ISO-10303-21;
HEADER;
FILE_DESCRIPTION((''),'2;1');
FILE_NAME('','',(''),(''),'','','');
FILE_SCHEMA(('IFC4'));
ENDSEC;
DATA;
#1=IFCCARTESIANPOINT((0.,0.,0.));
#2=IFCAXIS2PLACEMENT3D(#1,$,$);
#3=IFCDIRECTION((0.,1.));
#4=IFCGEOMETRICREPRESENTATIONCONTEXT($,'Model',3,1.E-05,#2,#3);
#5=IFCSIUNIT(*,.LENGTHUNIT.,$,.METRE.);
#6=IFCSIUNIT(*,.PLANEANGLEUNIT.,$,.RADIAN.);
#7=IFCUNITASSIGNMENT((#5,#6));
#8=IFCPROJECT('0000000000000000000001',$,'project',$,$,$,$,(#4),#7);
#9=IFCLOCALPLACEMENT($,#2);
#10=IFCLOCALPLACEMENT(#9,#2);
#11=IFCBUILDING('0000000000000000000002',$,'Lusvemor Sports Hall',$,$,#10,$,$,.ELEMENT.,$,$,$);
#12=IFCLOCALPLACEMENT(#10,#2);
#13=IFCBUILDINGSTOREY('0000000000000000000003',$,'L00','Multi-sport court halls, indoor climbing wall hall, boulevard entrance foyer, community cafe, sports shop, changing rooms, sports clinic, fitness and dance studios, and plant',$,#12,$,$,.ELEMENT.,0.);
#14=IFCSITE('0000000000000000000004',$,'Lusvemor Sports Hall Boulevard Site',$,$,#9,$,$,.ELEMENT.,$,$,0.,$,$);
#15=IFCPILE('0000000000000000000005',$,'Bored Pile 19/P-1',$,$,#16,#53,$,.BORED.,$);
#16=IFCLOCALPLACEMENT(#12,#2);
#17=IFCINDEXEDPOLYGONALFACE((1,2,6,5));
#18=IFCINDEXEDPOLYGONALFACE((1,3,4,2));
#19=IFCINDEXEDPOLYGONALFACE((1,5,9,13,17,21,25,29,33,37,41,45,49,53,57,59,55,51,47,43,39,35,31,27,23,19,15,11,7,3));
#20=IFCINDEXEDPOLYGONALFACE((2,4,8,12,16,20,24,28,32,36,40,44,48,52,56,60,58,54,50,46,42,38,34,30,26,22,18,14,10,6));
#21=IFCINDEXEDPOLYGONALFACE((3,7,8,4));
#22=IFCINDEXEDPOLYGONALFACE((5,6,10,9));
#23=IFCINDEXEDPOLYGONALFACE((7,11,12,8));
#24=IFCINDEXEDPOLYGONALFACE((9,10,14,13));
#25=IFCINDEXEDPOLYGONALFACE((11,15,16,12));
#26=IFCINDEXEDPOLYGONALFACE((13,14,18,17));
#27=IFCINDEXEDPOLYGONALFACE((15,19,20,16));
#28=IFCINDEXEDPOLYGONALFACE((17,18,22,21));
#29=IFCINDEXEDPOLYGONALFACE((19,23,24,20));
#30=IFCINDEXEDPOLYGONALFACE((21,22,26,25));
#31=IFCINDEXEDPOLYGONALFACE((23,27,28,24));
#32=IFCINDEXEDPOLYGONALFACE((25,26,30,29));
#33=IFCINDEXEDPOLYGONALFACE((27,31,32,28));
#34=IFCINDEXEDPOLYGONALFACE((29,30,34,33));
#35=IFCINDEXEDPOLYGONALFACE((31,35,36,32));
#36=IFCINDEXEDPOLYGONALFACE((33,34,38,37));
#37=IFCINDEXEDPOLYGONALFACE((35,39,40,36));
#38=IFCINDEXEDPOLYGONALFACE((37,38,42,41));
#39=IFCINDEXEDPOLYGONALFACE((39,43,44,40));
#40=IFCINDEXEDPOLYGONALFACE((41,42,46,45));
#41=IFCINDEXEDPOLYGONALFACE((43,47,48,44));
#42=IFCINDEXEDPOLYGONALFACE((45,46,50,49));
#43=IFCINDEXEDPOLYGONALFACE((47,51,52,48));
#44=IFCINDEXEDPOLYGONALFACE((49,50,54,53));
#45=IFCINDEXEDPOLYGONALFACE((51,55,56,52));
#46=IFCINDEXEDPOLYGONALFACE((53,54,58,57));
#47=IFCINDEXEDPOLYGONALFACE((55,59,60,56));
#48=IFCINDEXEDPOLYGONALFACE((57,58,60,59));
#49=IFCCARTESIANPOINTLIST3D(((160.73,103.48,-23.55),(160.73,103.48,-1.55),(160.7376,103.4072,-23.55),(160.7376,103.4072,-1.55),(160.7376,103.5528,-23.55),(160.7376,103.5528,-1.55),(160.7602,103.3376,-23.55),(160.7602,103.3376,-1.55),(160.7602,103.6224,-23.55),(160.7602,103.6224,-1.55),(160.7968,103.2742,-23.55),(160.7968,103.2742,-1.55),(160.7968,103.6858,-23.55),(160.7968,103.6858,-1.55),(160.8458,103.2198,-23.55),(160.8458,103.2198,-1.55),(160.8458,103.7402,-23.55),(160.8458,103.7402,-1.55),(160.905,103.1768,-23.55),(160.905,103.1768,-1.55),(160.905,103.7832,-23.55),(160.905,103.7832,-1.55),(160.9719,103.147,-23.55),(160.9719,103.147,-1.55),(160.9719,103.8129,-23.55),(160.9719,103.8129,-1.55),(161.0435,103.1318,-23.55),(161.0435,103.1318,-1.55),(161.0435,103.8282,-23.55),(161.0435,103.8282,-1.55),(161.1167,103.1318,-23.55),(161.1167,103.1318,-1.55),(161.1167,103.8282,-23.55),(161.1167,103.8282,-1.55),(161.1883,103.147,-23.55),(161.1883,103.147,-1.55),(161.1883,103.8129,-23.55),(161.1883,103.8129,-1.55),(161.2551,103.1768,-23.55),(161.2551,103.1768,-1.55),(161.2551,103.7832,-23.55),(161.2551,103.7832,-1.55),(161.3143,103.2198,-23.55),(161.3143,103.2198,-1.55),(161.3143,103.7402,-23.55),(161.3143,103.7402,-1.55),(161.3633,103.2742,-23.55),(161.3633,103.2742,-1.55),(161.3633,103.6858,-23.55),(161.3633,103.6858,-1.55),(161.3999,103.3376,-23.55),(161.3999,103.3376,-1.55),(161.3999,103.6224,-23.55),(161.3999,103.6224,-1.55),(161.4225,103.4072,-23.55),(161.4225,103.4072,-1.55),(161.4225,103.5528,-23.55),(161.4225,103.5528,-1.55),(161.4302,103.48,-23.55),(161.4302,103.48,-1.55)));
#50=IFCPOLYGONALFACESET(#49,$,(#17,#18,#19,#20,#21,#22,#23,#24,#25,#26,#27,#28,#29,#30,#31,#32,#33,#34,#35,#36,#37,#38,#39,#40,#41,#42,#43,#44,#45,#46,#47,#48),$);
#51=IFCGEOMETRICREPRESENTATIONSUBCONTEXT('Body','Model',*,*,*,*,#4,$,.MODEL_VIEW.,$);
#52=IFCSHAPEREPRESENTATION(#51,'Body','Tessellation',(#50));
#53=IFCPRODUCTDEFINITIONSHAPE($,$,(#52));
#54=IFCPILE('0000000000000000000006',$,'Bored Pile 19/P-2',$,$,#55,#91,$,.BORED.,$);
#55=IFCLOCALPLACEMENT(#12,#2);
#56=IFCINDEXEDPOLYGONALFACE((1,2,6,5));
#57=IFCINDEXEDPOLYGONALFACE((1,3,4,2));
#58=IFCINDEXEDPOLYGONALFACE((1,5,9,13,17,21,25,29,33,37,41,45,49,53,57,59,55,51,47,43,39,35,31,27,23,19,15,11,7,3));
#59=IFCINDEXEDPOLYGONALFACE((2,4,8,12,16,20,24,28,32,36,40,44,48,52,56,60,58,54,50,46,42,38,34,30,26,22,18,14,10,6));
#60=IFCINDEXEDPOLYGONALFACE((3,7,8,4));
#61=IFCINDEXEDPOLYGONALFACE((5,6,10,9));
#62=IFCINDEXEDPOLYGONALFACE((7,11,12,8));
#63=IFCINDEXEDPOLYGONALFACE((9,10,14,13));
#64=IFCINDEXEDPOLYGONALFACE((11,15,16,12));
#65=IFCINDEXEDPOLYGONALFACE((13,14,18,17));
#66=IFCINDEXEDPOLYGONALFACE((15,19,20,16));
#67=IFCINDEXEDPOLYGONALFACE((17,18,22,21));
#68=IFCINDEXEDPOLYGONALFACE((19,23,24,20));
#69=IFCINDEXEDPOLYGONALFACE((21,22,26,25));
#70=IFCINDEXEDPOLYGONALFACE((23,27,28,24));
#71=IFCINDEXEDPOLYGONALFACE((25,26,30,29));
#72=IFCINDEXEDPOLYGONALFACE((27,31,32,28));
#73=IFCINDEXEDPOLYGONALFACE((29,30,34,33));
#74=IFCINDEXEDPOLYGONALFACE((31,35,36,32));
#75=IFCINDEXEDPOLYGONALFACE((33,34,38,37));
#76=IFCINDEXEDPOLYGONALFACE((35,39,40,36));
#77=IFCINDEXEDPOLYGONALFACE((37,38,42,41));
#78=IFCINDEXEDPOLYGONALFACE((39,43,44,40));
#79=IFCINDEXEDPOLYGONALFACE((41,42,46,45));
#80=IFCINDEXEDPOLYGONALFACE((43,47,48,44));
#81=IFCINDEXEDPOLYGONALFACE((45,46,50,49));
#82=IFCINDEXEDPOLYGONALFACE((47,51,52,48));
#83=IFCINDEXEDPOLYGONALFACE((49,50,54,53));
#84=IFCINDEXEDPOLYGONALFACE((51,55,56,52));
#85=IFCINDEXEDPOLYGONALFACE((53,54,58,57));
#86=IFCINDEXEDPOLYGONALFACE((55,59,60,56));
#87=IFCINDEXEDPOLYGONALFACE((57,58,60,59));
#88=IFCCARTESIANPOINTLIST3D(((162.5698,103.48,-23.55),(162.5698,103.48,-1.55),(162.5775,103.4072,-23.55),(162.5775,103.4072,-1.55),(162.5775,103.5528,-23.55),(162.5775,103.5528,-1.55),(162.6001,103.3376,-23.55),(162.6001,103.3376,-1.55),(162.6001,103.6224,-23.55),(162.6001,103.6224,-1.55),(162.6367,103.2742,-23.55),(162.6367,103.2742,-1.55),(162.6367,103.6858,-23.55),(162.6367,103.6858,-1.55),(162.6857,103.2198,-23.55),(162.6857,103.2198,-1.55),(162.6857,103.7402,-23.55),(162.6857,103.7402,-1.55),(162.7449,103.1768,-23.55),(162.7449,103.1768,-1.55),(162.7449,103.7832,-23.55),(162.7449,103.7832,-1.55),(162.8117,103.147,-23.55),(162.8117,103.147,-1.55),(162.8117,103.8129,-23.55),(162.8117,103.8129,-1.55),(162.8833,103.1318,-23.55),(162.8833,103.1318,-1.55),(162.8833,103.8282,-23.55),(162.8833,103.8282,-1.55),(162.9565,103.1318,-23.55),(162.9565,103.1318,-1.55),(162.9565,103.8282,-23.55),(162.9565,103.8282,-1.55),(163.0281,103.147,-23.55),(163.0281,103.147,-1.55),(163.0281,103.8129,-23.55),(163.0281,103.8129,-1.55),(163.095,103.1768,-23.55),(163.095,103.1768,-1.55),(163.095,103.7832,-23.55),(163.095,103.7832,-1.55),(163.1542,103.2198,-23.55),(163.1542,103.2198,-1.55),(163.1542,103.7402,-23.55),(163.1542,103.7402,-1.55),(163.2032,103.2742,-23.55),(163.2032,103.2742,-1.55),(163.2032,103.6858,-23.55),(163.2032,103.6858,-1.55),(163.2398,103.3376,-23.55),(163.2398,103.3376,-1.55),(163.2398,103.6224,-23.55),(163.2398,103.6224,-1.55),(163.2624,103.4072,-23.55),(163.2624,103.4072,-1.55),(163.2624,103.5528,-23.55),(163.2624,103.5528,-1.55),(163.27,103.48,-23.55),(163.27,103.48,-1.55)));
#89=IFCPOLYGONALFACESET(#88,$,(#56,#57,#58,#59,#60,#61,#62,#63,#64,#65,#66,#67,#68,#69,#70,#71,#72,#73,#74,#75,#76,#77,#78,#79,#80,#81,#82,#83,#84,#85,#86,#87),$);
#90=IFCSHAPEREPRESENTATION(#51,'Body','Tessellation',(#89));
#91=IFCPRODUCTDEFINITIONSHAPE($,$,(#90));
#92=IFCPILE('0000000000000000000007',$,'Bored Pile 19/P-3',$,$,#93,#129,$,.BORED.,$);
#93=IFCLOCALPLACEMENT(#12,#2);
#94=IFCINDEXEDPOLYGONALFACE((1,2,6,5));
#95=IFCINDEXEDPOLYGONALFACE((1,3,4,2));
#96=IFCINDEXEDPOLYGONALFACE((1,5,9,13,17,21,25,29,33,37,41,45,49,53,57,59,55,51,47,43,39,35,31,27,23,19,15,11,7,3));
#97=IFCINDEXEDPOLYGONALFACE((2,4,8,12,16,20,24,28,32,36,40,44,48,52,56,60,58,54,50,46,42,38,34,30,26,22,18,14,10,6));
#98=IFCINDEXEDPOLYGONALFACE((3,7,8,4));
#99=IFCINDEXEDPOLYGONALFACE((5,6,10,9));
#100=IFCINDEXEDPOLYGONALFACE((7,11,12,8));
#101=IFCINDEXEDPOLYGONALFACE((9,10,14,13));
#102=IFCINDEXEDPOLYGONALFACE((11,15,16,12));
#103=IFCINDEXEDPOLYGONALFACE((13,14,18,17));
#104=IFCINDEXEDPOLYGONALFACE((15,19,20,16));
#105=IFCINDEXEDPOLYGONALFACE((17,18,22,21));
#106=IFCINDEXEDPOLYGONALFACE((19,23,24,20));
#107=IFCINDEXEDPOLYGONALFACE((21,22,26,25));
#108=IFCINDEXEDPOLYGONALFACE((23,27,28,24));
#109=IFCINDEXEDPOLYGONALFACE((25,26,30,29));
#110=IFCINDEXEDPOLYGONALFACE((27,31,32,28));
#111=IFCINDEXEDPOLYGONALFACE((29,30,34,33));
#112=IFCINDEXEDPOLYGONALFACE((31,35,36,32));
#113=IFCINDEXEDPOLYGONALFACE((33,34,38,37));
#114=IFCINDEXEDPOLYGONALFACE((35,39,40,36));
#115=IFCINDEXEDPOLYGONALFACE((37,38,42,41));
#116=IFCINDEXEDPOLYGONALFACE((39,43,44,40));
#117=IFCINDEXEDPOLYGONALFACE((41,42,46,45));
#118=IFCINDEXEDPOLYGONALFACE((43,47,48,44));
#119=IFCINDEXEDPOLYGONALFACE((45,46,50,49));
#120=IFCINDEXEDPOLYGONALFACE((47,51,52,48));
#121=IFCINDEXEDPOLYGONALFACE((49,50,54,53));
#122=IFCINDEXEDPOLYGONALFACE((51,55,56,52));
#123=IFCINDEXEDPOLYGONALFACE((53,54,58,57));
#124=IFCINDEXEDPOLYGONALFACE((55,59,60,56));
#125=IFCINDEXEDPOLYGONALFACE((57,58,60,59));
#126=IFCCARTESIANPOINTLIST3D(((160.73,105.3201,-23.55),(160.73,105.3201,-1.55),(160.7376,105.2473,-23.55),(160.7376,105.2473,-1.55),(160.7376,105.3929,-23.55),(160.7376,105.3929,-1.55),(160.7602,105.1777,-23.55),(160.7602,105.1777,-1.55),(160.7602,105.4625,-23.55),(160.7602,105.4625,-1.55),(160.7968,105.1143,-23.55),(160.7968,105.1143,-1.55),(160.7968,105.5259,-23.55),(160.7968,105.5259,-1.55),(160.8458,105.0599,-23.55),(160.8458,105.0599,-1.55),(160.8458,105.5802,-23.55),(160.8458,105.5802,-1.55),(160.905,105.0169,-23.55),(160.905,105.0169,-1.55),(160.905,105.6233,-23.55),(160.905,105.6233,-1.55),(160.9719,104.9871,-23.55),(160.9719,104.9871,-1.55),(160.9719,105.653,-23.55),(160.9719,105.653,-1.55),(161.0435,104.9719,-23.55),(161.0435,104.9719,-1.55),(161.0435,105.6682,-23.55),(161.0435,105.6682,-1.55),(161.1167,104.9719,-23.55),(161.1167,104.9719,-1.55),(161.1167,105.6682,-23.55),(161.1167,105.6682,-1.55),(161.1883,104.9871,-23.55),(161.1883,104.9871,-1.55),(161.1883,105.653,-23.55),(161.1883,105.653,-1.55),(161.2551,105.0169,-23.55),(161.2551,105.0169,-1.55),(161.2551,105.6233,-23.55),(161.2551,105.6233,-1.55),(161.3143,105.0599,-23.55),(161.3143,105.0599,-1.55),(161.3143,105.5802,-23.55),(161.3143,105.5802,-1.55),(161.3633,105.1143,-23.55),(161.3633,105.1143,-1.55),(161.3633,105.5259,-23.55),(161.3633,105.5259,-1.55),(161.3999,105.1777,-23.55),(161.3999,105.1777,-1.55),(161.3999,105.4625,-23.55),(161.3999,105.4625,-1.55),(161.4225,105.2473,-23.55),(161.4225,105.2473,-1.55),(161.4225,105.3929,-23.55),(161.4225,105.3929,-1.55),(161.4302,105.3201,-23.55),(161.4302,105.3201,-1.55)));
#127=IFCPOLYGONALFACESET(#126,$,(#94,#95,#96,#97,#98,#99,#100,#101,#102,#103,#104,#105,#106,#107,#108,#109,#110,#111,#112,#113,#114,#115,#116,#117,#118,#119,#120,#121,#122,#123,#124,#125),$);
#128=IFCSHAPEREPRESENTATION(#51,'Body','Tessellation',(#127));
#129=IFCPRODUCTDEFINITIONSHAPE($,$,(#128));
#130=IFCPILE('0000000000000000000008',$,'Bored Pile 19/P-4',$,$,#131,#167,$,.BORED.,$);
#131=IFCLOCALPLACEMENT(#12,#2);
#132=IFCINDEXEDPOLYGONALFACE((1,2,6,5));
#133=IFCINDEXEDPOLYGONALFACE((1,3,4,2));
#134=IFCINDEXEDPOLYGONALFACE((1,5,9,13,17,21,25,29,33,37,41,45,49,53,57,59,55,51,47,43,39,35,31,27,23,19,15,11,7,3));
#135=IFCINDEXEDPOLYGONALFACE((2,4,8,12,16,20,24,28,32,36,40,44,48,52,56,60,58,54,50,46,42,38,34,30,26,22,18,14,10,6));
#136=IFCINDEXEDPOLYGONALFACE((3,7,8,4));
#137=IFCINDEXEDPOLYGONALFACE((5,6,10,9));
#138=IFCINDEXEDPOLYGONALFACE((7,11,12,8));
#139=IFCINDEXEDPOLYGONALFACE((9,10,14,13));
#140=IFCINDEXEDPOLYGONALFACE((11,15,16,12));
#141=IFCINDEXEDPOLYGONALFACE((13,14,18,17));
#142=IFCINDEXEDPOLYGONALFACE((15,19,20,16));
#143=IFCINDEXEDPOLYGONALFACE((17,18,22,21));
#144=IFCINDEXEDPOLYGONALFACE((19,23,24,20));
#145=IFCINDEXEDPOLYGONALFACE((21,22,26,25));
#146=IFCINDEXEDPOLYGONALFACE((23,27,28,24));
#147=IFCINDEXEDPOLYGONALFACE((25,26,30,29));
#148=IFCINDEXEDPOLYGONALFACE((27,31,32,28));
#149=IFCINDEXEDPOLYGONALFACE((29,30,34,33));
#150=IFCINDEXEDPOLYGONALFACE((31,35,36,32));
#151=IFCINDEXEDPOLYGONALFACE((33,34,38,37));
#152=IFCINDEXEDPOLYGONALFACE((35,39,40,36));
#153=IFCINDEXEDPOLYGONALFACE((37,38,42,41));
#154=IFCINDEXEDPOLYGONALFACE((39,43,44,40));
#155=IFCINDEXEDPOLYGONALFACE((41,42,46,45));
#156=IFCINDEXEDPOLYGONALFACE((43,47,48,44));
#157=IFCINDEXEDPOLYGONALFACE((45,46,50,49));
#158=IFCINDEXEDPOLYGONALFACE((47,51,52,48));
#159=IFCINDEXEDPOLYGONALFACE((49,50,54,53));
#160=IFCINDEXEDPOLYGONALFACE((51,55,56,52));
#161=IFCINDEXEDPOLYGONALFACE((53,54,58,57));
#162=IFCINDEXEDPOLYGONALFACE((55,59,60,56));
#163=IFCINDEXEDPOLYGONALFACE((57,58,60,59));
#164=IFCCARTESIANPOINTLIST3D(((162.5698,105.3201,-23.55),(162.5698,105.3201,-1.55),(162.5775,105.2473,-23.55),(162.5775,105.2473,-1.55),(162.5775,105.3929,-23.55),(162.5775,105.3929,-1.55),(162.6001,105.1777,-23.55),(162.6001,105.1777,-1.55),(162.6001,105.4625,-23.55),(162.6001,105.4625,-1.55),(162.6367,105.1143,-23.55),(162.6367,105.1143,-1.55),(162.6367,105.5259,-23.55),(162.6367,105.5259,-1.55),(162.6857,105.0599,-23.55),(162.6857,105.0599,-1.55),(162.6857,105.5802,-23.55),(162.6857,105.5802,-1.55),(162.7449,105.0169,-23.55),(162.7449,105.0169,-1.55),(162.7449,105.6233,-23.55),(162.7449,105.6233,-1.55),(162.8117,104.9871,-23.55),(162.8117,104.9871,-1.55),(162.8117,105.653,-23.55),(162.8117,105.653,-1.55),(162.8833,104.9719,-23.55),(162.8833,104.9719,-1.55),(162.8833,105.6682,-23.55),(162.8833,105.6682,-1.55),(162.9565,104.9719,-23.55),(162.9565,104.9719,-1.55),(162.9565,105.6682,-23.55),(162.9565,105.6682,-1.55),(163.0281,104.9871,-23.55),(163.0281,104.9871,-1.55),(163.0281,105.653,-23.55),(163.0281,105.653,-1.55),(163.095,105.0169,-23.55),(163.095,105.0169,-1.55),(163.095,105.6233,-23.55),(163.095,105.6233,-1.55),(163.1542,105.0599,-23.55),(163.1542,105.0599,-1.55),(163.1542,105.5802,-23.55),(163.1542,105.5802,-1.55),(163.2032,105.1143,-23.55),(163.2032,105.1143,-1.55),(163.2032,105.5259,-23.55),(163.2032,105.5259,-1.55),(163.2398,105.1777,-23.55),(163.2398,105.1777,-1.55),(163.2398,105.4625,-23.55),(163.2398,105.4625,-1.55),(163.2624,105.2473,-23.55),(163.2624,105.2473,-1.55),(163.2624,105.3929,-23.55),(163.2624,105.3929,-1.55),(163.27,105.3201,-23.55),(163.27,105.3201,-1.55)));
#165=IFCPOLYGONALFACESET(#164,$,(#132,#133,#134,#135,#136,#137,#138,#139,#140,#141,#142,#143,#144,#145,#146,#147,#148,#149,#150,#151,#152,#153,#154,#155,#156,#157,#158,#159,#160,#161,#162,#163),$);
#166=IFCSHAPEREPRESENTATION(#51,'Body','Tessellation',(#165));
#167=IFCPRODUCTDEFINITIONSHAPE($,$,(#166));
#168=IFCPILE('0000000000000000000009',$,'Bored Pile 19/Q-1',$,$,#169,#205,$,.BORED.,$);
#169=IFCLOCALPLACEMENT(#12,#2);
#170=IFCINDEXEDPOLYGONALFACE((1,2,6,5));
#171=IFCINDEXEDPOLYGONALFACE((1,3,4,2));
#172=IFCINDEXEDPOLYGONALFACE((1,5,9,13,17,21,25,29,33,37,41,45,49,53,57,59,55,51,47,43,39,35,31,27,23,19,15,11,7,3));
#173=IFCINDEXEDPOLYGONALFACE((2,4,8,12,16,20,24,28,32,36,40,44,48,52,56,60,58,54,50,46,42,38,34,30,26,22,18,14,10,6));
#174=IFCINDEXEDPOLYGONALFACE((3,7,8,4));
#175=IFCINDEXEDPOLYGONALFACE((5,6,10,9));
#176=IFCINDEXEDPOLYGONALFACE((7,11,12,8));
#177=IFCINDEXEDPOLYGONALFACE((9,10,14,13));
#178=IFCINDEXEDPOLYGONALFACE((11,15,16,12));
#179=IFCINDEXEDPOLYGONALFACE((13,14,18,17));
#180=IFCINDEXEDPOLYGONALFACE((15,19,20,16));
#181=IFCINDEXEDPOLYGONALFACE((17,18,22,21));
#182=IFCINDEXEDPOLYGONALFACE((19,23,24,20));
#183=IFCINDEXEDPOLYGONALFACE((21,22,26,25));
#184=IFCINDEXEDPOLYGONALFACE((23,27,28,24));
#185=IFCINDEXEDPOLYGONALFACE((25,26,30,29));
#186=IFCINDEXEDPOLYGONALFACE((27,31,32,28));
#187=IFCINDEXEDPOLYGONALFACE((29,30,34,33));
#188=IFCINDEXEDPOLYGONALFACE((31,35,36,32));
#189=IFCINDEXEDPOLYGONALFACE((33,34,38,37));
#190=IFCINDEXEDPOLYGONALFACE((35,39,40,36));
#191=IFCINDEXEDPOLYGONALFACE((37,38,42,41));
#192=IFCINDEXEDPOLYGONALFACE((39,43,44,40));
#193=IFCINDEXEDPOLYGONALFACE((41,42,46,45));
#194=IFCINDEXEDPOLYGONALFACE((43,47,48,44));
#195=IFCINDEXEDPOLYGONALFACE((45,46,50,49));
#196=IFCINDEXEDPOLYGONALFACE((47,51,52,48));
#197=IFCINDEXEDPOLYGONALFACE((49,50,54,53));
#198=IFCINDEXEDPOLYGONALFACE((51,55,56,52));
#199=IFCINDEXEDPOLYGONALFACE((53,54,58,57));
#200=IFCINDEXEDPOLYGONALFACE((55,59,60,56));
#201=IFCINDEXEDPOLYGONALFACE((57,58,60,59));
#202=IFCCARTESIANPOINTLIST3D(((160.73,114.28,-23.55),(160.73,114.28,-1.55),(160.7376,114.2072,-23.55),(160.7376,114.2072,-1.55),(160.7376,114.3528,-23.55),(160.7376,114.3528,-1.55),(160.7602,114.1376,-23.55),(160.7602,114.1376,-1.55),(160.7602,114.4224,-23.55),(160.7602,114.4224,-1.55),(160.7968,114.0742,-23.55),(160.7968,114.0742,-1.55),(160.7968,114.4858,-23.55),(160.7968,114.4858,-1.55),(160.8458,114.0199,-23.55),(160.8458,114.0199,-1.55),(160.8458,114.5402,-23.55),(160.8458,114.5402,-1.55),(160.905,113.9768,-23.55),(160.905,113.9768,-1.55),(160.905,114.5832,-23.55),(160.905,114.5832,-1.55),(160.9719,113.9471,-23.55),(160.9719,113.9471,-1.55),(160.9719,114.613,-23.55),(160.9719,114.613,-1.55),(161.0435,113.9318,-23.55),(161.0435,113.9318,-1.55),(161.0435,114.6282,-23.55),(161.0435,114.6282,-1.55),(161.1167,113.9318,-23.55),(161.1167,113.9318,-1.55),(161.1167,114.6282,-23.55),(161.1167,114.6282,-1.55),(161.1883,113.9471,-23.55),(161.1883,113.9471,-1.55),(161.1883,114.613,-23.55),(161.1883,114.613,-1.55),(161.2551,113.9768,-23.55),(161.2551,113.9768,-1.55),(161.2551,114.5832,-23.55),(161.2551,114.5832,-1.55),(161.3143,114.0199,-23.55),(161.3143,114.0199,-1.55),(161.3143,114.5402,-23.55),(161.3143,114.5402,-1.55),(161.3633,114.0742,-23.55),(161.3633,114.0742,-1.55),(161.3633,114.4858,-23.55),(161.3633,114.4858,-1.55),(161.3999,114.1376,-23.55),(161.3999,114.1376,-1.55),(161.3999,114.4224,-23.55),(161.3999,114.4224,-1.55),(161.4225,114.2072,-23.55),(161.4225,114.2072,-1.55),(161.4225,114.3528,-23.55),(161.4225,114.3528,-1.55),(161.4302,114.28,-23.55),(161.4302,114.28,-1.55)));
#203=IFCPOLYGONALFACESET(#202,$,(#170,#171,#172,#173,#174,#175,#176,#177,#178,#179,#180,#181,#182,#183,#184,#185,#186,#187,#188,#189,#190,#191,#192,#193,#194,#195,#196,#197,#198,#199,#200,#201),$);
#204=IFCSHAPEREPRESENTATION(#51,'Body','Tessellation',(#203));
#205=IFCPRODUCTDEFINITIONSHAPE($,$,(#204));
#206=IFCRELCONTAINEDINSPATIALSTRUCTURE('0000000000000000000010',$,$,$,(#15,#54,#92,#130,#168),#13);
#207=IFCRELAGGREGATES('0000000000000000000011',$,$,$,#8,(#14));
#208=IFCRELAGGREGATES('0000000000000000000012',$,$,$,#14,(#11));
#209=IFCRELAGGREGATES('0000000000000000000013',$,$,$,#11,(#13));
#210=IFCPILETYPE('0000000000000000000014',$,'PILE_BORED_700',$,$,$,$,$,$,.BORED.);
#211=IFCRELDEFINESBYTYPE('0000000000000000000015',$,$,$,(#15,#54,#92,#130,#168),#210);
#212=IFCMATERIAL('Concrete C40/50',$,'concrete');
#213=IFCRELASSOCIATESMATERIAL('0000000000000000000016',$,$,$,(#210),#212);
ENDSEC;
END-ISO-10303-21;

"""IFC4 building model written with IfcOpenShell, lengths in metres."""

from ifc_helpers import new_model, si_unit, direction, frame, origin, origin_2d, place, context, subcontext, project, spatial, circle, extrude, material, material_profile, profile_set, type_object, element, save


model = new_model("IFC4")

# Units and contexts
model_context = context("Model", 3, precision=1e-05, world=origin(), true_north=direction((0.0, 1.0)))
body_context = subcontext(model_context, "Body", "Model", "MODEL_VIEW")
ifc_project = project(units=[si_unit("LENGTHUNIT", "METRE"), si_unit("PLANEANGLEUNIT", "RADIAN")], contexts=[model_context])

# Site, building, storey
site_placement = place(None, origin())
site = spatial("IfcSite", under=ifc_project, at=site_placement, Name="Lusvemor Sports Hall Boulevard Site", CompositionType="ELEMENT", RefElevation=0.0)
building_placement = place(site_placement, origin())
building = spatial("IfcBuilding", under=site, at=building_placement, Name="Lusvemor Sports Hall", CompositionType="ELEMENT")
storey_placement = place(building_placement, origin())
storey = spatial("IfcBuildingStorey", under=building, at=storey_placement, Name="L00", Description="Multi-sport court halls, indoor climbing wall hall, boulevard entrance foyer, community cafe, sports shop, changing rooms, sports clinic, fitness and dance studios, and plant", CompositionType="ELEMENT", Elevation=0.0)

# Piles
ifc_material_1 = material(Name="Concrete C40/50", Category="concrete")
ifc_material_profile_1 = material_profile(ifc_material_1, circle(Radius=0.3501, at=origin_2d()), Name="PILE700")
ifc_profile_set_1 = profile_set([ifc_material_profile_1], Name="Concrete C40/50")
pile_type = type_object("IfcPileType", Name="PILE_BORED_700", PredefinedType="BORED", material=ifc_profile_set_1)
for number, where, z_axis, x_axis, name in (
    (1, (161.0801, 103.48, -1.55), (0.0, 0.0, -1.0), (1.0, 0.0, 0.0), "Bored Pile 19/P-1"),
    (2, (162.9199, 103.48, -1.55), (0.0, 0.0, -1.0), (1.0, 0.0, 0.0), "Bored Pile 19/P-2"),
    (3, (161.0801, 105.3201, -1.55), (0.0, 0.0, -1.0), (1.0, 0.0, 0.0), "Bored Pile 19/P-3"),
    (4, (162.9199, 105.3201, -1.55), (0.0, 0.0, -1.0), (1.0, 0.0, 0.0), "Bored Pile 19/P-4"),
    (5, (161.0801, 114.28, -1.55), (0.0, 0.0, -1.0), (1.0, 0.0, 0.0), "Bored Pile 19/Q-1"),
):
    element("IfcPile", number, at=place(storey_placement, frame(where, z_axis=z_axis, x_axis=x_axis)), inside=storey, type_object=pile_type, Name=name, PredefinedType="BORED", context=body_context, shape_type="SweptSolid", body=[
        extrude(circle(Radius=0.3501, at=origin_2d()), origin(), (0.0, 0.0, 1.0), 22.0),
    ])

save(model, "model.ifc")
